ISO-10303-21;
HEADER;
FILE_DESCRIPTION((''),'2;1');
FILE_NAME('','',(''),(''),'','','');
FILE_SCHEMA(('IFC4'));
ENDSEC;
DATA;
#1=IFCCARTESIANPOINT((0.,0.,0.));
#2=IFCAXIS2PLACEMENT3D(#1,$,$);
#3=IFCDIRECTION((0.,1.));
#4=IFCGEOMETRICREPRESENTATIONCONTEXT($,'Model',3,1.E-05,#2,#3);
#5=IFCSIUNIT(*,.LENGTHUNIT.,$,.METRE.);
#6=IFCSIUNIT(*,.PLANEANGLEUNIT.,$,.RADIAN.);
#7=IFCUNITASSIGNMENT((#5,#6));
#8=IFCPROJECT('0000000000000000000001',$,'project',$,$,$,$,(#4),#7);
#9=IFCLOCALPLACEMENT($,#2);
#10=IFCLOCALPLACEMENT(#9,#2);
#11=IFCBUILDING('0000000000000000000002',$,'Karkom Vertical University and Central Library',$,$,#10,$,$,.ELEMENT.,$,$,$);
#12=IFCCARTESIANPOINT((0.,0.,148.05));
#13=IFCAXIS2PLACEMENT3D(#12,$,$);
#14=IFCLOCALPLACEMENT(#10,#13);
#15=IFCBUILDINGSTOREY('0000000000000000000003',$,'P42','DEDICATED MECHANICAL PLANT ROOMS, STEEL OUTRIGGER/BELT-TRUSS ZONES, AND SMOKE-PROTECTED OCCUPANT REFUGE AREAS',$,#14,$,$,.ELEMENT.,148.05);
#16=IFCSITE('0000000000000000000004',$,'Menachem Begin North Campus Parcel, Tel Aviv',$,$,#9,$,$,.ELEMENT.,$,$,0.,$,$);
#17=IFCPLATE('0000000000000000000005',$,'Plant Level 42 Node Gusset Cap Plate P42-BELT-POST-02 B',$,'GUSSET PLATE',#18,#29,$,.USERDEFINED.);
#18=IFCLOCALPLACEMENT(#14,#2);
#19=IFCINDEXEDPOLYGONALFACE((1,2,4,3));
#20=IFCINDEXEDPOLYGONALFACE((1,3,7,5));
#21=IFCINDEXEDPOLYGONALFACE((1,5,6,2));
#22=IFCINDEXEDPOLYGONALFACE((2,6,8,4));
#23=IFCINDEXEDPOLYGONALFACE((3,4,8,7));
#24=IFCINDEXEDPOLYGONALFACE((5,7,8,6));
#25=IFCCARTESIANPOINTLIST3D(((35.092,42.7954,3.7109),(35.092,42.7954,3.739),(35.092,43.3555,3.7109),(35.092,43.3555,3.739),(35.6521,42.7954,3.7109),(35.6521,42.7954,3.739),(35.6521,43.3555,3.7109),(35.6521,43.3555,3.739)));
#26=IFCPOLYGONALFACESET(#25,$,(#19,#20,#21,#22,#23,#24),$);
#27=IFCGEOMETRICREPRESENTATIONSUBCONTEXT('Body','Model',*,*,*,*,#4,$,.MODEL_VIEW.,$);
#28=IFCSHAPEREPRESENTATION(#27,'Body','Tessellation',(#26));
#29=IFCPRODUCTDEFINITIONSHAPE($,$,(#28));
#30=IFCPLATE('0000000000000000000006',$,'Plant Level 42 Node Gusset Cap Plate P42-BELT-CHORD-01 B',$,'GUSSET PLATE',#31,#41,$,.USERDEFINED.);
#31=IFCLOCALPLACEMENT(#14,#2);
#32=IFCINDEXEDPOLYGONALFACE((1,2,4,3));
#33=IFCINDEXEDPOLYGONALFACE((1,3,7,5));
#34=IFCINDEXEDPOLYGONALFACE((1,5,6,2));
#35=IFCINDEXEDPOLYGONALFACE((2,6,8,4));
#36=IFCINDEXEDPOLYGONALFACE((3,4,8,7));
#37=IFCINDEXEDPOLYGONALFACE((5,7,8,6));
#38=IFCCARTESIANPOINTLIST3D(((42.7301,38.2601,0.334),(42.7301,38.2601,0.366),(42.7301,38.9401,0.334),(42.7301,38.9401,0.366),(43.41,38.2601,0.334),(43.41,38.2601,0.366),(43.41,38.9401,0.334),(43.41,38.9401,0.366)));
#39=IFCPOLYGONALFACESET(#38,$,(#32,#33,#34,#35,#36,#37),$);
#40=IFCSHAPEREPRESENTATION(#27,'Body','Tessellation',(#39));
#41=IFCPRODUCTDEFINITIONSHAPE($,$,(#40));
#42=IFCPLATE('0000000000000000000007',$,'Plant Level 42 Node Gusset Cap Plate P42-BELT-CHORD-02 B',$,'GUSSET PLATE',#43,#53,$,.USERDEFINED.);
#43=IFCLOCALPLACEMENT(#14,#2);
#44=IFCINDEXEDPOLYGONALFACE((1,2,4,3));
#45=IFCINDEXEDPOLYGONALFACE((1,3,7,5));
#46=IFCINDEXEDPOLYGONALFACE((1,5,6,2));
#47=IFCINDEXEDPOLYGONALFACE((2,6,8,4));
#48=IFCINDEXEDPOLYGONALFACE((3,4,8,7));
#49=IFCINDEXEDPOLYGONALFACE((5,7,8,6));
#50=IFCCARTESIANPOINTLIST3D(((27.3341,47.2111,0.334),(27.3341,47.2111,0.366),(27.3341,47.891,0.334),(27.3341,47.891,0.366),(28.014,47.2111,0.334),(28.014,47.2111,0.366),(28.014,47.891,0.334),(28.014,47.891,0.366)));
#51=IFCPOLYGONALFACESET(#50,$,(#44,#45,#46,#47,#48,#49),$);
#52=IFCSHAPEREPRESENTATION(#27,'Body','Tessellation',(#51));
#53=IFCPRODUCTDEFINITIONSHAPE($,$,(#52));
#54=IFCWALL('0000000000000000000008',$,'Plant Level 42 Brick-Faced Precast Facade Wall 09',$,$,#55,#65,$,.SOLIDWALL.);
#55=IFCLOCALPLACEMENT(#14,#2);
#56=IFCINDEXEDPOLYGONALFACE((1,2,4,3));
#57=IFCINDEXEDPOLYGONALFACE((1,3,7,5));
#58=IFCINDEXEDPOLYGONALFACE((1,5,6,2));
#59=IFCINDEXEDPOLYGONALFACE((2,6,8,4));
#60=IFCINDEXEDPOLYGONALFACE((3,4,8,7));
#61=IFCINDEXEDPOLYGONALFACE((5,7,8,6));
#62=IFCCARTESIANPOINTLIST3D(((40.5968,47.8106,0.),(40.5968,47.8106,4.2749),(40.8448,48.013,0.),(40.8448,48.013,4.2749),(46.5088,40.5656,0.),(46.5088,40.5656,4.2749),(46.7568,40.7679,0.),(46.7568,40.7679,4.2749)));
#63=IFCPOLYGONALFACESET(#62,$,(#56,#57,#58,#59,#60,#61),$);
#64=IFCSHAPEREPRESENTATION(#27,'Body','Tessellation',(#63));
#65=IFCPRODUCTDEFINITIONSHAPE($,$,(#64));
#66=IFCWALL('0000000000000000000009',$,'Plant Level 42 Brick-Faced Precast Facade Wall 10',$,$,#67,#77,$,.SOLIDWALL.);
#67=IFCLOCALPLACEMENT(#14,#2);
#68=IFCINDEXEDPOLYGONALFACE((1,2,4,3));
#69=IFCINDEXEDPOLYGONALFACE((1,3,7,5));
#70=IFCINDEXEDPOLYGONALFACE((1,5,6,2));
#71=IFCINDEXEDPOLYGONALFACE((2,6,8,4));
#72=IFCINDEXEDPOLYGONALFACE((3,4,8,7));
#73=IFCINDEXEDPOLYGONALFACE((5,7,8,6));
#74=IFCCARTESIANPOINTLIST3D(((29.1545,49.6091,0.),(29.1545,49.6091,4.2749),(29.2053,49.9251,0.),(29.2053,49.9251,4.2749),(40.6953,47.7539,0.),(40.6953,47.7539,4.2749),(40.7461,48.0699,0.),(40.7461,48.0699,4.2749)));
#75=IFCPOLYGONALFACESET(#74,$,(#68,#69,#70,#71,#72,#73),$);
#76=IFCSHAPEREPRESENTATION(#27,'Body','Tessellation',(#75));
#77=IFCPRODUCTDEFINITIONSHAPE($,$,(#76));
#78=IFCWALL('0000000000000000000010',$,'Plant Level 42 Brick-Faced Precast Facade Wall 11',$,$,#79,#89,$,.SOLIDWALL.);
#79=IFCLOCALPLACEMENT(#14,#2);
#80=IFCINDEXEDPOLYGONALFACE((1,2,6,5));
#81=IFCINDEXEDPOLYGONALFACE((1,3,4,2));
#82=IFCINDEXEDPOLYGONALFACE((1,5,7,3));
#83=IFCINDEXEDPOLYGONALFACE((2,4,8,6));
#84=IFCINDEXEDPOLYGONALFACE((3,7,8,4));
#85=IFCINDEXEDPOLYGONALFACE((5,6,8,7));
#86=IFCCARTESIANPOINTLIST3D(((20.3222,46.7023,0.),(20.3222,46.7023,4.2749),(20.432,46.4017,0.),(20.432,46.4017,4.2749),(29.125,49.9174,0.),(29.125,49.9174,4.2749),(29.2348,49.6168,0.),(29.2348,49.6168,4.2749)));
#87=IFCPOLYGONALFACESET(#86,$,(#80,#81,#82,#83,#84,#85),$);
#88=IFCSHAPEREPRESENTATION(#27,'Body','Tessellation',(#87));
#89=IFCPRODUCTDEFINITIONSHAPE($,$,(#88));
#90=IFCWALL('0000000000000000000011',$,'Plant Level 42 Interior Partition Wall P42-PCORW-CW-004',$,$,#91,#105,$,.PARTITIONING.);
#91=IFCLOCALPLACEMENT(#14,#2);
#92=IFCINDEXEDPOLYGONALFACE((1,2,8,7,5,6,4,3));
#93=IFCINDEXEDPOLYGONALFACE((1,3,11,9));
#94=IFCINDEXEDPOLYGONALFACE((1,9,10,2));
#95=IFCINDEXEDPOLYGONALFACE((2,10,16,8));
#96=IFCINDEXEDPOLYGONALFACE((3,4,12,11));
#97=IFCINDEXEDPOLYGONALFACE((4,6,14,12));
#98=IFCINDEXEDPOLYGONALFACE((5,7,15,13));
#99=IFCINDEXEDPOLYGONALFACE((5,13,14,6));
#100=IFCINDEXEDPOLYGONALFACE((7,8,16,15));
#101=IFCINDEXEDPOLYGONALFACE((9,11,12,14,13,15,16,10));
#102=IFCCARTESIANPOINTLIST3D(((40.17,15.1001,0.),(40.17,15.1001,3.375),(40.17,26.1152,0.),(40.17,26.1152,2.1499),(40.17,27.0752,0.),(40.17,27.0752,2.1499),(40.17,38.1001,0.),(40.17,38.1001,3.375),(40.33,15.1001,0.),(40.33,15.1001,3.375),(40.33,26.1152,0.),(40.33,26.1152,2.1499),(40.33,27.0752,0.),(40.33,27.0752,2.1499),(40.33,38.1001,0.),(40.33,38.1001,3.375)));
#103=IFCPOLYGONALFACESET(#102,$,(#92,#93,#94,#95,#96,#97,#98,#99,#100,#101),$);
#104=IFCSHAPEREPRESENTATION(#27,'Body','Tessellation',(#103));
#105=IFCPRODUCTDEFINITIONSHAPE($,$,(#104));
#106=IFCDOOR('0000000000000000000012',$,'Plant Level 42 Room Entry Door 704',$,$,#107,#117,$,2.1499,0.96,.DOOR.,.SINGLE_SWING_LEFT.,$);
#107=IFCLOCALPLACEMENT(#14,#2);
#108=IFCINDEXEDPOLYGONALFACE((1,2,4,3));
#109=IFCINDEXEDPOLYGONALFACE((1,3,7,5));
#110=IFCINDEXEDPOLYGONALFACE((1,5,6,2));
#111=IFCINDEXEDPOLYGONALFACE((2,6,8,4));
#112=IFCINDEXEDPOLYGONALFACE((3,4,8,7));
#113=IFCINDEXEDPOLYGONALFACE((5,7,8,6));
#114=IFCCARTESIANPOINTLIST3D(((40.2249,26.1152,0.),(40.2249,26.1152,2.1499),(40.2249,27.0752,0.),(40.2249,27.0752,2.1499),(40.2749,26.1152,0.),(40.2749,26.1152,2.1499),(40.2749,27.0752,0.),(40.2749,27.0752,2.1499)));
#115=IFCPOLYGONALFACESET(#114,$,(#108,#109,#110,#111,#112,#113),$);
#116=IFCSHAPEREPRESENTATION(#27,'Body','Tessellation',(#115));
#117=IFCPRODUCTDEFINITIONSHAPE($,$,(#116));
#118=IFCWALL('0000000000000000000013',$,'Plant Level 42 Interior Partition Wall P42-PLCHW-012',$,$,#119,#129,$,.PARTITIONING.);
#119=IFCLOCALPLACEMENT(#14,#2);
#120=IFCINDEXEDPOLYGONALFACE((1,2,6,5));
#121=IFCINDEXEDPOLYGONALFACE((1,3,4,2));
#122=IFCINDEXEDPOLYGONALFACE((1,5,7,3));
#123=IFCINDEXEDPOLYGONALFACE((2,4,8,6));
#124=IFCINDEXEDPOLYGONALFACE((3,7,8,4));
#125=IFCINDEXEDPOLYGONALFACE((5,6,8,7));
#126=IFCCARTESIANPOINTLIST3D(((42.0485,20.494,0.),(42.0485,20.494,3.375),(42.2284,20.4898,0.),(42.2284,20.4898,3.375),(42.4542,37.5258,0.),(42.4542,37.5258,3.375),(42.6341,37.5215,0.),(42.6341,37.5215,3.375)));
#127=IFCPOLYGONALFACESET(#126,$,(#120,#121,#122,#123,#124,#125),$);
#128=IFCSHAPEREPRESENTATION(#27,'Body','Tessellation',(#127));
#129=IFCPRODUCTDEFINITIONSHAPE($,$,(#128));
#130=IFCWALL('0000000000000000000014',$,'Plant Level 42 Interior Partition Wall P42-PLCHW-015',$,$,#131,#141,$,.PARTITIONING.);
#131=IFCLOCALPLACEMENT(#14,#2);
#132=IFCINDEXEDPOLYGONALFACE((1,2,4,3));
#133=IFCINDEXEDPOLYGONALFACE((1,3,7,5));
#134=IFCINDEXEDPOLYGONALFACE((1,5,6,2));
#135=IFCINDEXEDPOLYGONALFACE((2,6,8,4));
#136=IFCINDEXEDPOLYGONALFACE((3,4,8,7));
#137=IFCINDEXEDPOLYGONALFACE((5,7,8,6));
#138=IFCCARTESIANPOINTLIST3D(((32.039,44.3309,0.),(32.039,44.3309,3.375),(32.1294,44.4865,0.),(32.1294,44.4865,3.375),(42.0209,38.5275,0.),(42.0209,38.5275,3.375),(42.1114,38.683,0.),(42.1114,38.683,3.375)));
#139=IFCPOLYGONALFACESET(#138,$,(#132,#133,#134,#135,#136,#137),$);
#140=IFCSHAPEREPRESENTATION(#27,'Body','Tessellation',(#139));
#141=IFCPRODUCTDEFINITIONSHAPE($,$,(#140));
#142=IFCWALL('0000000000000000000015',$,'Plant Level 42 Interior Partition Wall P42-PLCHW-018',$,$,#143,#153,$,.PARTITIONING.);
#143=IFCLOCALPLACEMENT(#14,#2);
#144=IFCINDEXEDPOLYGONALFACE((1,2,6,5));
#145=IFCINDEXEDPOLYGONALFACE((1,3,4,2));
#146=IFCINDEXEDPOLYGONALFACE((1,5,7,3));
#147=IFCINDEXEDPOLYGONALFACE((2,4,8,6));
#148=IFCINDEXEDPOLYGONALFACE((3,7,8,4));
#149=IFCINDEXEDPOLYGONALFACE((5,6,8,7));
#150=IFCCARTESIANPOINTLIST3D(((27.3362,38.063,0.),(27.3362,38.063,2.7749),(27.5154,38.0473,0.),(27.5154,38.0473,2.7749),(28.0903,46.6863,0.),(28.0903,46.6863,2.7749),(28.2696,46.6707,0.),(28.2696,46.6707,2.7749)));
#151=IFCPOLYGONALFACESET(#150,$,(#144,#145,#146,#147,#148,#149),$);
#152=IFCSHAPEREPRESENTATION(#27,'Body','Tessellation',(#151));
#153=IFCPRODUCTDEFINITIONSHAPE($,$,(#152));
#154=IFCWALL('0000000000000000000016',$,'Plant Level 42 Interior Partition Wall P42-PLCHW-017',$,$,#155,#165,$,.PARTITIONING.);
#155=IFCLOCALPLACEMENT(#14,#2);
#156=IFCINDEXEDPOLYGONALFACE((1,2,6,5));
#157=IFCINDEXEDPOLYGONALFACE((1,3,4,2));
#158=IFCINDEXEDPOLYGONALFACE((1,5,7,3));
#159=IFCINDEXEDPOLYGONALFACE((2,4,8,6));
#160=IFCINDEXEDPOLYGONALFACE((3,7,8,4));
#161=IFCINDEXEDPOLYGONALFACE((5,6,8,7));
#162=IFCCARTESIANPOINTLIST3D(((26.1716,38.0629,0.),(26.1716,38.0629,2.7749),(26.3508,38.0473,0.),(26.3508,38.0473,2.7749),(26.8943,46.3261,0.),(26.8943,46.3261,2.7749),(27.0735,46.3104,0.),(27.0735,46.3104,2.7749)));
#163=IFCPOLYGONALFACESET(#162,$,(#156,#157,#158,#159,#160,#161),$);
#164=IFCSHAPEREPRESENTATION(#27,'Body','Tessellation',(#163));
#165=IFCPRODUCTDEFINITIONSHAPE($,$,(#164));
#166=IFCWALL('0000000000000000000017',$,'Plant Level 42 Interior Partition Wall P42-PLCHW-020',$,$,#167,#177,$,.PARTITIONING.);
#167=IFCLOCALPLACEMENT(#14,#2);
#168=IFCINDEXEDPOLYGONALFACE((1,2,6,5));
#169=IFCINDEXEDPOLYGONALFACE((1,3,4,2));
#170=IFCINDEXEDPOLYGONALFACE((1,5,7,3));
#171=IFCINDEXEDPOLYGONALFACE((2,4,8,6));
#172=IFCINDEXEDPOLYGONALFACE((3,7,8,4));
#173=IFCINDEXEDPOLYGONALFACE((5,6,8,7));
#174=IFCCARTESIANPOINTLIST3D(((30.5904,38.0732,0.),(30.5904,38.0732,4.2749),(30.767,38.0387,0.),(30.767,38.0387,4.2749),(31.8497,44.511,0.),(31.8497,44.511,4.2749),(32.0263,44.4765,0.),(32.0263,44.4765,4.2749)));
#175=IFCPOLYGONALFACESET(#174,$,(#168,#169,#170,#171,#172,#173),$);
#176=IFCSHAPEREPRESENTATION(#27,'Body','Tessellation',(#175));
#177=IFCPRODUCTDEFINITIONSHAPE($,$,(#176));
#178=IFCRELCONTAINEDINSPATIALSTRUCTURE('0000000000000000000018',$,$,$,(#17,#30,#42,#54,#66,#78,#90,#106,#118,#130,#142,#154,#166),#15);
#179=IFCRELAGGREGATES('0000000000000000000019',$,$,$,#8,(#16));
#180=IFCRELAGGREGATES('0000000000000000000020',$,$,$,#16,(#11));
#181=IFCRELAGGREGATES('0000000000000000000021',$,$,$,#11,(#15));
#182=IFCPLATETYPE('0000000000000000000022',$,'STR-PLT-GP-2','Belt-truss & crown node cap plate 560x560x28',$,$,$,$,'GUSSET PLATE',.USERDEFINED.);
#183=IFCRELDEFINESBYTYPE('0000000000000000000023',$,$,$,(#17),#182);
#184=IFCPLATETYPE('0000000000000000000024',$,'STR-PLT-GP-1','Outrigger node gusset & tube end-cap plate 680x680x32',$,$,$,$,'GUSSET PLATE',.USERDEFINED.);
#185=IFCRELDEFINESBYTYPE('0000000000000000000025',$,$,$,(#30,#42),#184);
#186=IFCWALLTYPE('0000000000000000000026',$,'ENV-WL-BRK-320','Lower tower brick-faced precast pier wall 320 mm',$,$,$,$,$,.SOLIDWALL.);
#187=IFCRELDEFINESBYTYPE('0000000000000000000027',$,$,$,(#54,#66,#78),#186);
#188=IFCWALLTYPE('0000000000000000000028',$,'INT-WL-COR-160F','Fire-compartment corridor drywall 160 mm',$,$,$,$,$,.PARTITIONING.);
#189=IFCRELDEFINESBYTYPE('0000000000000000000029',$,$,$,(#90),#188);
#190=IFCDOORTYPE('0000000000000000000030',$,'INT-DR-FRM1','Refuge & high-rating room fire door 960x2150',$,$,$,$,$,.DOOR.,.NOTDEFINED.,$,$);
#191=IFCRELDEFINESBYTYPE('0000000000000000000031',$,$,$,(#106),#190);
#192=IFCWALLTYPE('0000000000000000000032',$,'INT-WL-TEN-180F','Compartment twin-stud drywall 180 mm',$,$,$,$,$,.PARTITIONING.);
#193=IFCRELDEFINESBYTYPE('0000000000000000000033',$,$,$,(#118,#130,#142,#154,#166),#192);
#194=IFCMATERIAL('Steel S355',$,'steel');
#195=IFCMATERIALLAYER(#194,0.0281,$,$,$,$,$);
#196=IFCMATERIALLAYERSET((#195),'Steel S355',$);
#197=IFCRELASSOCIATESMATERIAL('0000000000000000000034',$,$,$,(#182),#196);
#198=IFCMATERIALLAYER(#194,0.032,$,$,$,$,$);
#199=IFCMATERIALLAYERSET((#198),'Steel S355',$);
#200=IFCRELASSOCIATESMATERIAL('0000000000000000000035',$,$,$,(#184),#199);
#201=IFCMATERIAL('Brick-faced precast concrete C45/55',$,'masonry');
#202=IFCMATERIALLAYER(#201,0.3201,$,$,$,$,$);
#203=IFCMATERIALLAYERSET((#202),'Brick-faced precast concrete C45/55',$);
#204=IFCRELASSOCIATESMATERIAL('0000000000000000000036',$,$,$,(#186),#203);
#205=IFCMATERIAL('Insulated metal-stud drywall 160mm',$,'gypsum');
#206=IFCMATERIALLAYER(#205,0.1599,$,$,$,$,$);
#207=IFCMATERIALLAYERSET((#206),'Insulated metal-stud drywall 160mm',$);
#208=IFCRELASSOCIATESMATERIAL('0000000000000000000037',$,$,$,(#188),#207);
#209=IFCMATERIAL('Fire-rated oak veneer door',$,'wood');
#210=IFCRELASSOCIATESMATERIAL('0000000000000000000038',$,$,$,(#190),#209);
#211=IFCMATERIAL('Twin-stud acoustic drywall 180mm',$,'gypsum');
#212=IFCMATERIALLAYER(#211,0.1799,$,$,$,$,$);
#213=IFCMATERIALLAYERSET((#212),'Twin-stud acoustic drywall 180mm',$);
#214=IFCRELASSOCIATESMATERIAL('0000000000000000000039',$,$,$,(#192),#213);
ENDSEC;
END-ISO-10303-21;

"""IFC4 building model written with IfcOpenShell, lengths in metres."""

from ifc_helpers import new_model, si_unit, direction, frame, frame_2d, origin, origin_with_axes, origin_2d, place, context, subcontext, project, spatial, rectangle, extrude, source, transform, mapped, material, layer, layer_set, type_object, element, fill, save


model = new_model("IFC4")

# Units and contexts
model_context = context("Model", 3, precision=1e-05, world=origin(), true_north=direction((0.0, 1.0)))
body_context = subcontext(model_context, "Body", "Model", "MODEL_VIEW")
ifc_project = project(units=[si_unit("LENGTHUNIT", "METRE"), si_unit("PLANEANGLEUNIT", "RADIAN")], contexts=[model_context])

# Site, building, storey
site_placement = place(None, origin())
site = spatial("IfcSite", under=ifc_project, at=site_placement, Name="Menachem Begin North Campus Parcel, Tel Aviv", CompositionType="ELEMENT", RefElevation=0.0)
building_placement = place(site_placement, origin())
building = spatial("IfcBuilding", under=site, at=building_placement, Name="Karkom Vertical University and Central Library", CompositionType="ELEMENT")
storey_placement = place(building_placement, frame((0.0, 0.0, 148.05)))
storey = spatial("IfcBuildingStorey", under=building, at=storey_placement, Name="P42", Description="DEDICATED MECHANICAL PLANT ROOMS, STEEL OUTRIGGER/BELT-TRUSS ZONES, AND SMOKE-PROTECTED OCCUPANT REFUGE AREAS", CompositionType="ELEMENT", Elevation=148.05)

# Shared definitions
ifc_material_1 = material(Name="Steel S355", Category="steel")

# Plates
ifc_layer_1 = layer(ifc_material_1, 0.0281)
ifc_layer_set_1 = layer_set([ifc_layer_1], Name="Steel S355")
plate_type_1 = type_object("IfcPlateType", Name="STR-PLT-GP-2", Description="Belt-truss & crown node cap plate 560x560x28", ElementType="GUSSET PLATE", PredefinedType="USERDEFINED", material=ifc_layer_set_1)
shared_shape_1 = source(origin_with_axes(), body_context, "Body", "SweptSolid", [
    extrude(rectangle(XDim=0.5601, YDim=0.5601, at=origin_2d()), origin(), (0.0, 0.0, 1.0), 0.0281),
])
for number, where, z_axis, x_axis, name in (
    (1, (35.3721, 43.0754, 3.7109), (0.0, 0.0, 1.0), (1.0, 0.0, 0.0), "Plant Level 42 Node Gusset Cap Plate P42-BELT-POST-02 B"),
):
    element("IfcPlate", number, at=place(storey_placement, frame(where, z_axis=z_axis, x_axis=x_axis)), inside=storey, type_object=plate_type_1, Name=name, ObjectType="GUSSET PLATE", PredefinedType="USERDEFINED", context=body_context, shape_type="MappedRepresentation", body=[
        mapped(shared_shape_1, transform((0.0, 0.0, 0.0), scale=1.0)),
    ])
ifc_layer_2 = layer(ifc_material_1, 0.032)
ifc_layer_set_2 = layer_set([ifc_layer_2], Name="Steel S355")
plate_type_2 = type_object("IfcPlateType", Name="STR-PLT-GP-1", Description="Outrigger node gusset & tube end-cap plate 680x680x32", ElementType="GUSSET PLATE", PredefinedType="USERDEFINED", material=ifc_layer_set_2)
shared_shape_2 = source(origin_with_axes(), body_context, "Body", "SweptSolid", [
    extrude(rectangle(XDim=0.6799, YDim=0.6799, at=origin_2d()), origin(), (0.0, 0.0, 1.0), 0.032),
])
for number, where, z_axis, x_axis, name in (
    (2, (43.0701, 38.6001, 0.334), (0.0, 0.0, 1.0), (1.0, 0.0, 0.0), "Plant Level 42 Node Gusset Cap Plate P42-BELT-CHORD-01 B"),
    (3, (27.6741, 47.551, 0.334), (0.0, 0.0, 1.0), (1.0, 0.0, 0.0), "Plant Level 42 Node Gusset Cap Plate P42-BELT-CHORD-02 B"),
):
    element("IfcPlate", number, at=place(storey_placement, frame(where, z_axis=z_axis, x_axis=x_axis)), inside=storey, type_object=plate_type_2, Name=name, ObjectType="GUSSET PLATE", PredefinedType="USERDEFINED", context=body_context, shape_type="MappedRepresentation", body=[
        mapped(shared_shape_2, transform((0.0, 0.0, 0.0), scale=1.0)),
    ])

# Walls
ifc_material_2 = material(Name="Brick-faced precast concrete C45/55", Category="masonry")
ifc_layer_3 = layer(ifc_material_2, 0.3201)
ifc_layer_set_3 = layer_set([ifc_layer_3], Name="Brick-faced precast concrete C45/55")
wall_type_1 = type_object("IfcWallType", Name="ENV-WL-BRK-320", Description="Lower tower brick-faced precast pier wall 320 mm", PredefinedType="SOLIDWALL", material=ifc_layer_set_3)
wall_1_placement = place(storey_placement, frame((46.6328, 40.6667, 0.0), z_axis=(0.0, 0.0, 1.0), x_axis=(-0.632231, 0.77478, 0.0)))
element("IfcWall", 4, at=wall_1_placement, inside=storey, type_object=wall_type_1, Name="Plant Level 42 Brick-Faced Precast Facade Wall 09", PredefinedType="SOLIDWALL", context=body_context, shape_type="SweptSolid", body=[
    extrude(rectangle(XDim=9.3511, YDim=0.3201, at=frame_2d((4.6755, 0.0))), origin(), (0.0, 0.0, 1.0), 4.2749),
])
wall_2_placement = place(storey_placement, frame((40.7207, 47.9119, 0.0), z_axis=(0.0, 0.0, 1.0), x_axis=(-0.987324, 0.158716, 0.0)))
element("IfcWall", 5, at=wall_2_placement, inside=storey, type_object=wall_type_1, Name="Plant Level 42 Brick-Faced Precast Facade Wall 10", PredefinedType="SOLIDWALL", context=body_context, shape_type="SweptSolid", body=[
    extrude(rectangle(XDim=11.689, YDim=0.3201, at=frame_2d((5.8445, 0.0))), origin(), (0.0, 0.0, 1.0), 4.2749),
])
wall_3_placement = place(storey_placement, frame((29.1799, 49.7671, 0.0), z_axis=(0.0, 0.0, 1.0), x_axis=(-0.939309, -0.343071, 0.0)))
element("IfcWall", 6, at=wall_3_placement, inside=storey, type_object=wall_type_1, Name="Plant Level 42 Brick-Faced Precast Facade Wall 11", PredefinedType="SOLIDWALL", context=body_context, shape_type="SweptSolid", body=[
    extrude(rectangle(XDim=9.3716, YDim=0.3201, at=frame_2d((4.6858, 0.0))), origin(), (0.0, 0.0, 1.0), 4.2749),
])

# Wall, opening, door
ifc_material_3 = material(Name="Insulated metal-stud drywall 160mm", Category="gypsum")
ifc_layer_4 = layer(ifc_material_3, 0.1599)
ifc_layer_set_4 = layer_set([ifc_layer_4], Name="Insulated metal-stud drywall 160mm")
wall_type_2 = type_object("IfcWallType", Name="INT-WL-COR-160F", Description="Fire-compartment corridor drywall 160 mm", PredefinedType="PARTITIONING", material=ifc_layer_set_4)
wall_4_placement = place(storey_placement, frame((40.25, 38.1001, 0.0), z_axis=(0.0, 0.0, 1.0), x_axis=(0.0, -1.0, 0.0)))
wall_4 = element("IfcWall", 7, at=wall_4_placement, inside=storey, type_object=wall_type_2, Name="Plant Level 42 Interior Partition Wall P42-PCORW-CW-004", PredefinedType="PARTITIONING", context=body_context, shape_type="SweptSolid", body=[
    extrude(rectangle(XDim=23.0, YDim=0.1599, at=frame_2d((11.5, 0.0))), origin(), (0.0, 0.0, 1.0), 3.375),
])
opening_placement = place(wall_4_placement, frame((11.0249, 0.0, 0.0)))
opening = element("IfcOpeningElement", 8, at=opening_placement, cuts=wall_4, PredefinedType="OPENING", context=body_context, shape_type="SweptSolid", body=[
    extrude(rectangle(XDim=0.96, YDim=2.1499, at=frame_2d((0.48, 1.075))), frame((0.0, 0.0898, 0.0), z_axis=(0.0, -1.0, 0.0), x_axis=(1.0, 0.0, 0.0)), (0.0, 0.0, 1.0), 0.1799),
])
ifc_material_4 = material(Name="Fire-rated oak veneer door", Category="wood")
door_type = type_object("IfcDoorType", Name="INT-DR-FRM1", Description="Refuge & high-rating room fire door 960x2150", OperationType="NOTDEFINED", PredefinedType="DOOR", material=ifc_material_4)
shared_shape_3 = source(origin_with_axes(), body_context, "Body", "SweptSolid", [
    extrude(rectangle(XDim=0.96, YDim=2.1499, at=frame_2d((0.48, 1.075))), frame((0.0, 0.0249, 0.0), z_axis=(0.0, -1.0, 0.0), x_axis=(1.0, 0.0, 0.0)), (0.0, 0.0, 1.0), 0.05),
])
door_placement = place(opening_placement, origin())
door = element("IfcDoor", 9, at=door_placement, inside=storey, type_object=door_type, Name="Plant Level 42 Room Entry Door 704", OperationType="SINGLE_SWING_LEFT", OverallHeight=2.1499, OverallWidth=0.96, PredefinedType="DOOR", context=body_context, shape_type="MappedRepresentation", body=[
    mapped(shared_shape_3, transform((0.0, 0.0, 0.0), scale=1.0)),
])
fill(opening, door)

# Walls
ifc_material_5 = material(Name="Twin-stud acoustic drywall 180mm", Category="gypsum")
ifc_layer_5 = layer(ifc_material_5, 0.1799)
ifc_layer_set_5 = layer_set([ifc_layer_5], Name="Twin-stud acoustic drywall 180mm")
wall_type_3 = type_object("IfcWallType", Name="INT-WL-TEN-180F", Description="Compartment twin-stud drywall 180 mm", PredefinedType="PARTITIONING", material=ifc_layer_set_5)
wall_5_placement = place(storey_placement, frame((42.5442, 37.5237, 0.0), z_axis=(0.0, 0.0, 1.0), x_axis=(-0.023817, -0.999716, 0.0)))
element("IfcWall", 10, at=wall_5_placement, inside=storey, type_object=wall_type_3, Name="Plant Level 42 Interior Partition Wall P42-PLCHW-012", PredefinedType="PARTITIONING", context=body_context, shape_type="SweptSolid", body=[
    extrude(rectangle(XDim=17.0366, YDim=0.1799, at=frame_2d((8.5183, 0.0))), origin(), (0.0, 0.0, 1.0), 3.375),
])
wall_6_placement = place(storey_placement, frame((32.0842, 44.4087, 0.0), z_axis=(0.0, 0.0, 1.0), x_axis=(0.864507, -0.502622, 0.0)))
element("IfcWall", 11, at=wall_6_placement, inside=storey, type_object=wall_type_3, Name="Plant Level 42 Interior Partition Wall P42-PLCHW-015", PredefinedType="PARTITIONING", context=body_context, shape_type="SweptSolid", body=[
    extrude(rectangle(XDim=11.5464, YDim=0.1799, at=frame_2d((5.7732, 0.0))), origin(), (0.0, 0.0, 1.0), 3.375),
])
wall_7_placement = place(storey_placement, frame((27.4258, 38.0552, 0.0), z_axis=(0.0, 0.0, 1.0), x_axis=(0.087123, 0.996198, 0.0)))
element("IfcWall", 12, at=wall_7_placement, inside=storey, type_object=wall_type_3, Name="Plant Level 42 Interior Partition Wall P42-PLCHW-018", PredefinedType="PARTITIONING", context=body_context, shape_type="SweptSolid", body=[
    extrude(rectangle(XDim=8.6562, YDim=0.1799, at=frame_2d((4.3281, 0.0))), origin(), (0.0, 0.0, 1.0), 2.7749),
])
wall_8_placement = place(storey_placement, frame((26.9839, 46.3184, 0.0), z_axis=(0.0, 0.0, 1.0), x_axis=(-0.087122, -0.996198, 0.0)))
element("IfcWall", 13, at=wall_8_placement, inside=storey, type_object=wall_type_3, Name="Plant Level 42 Interior Partition Wall P42-PLCHW-017", PredefinedType="PARTITIONING", context=body_context, shape_type="SweptSolid", body=[
    extrude(rectangle(XDim=8.2947, YDim=0.1799, at=frame_2d((4.1475, 0.0))), origin(), (0.0, 0.0, 1.0), 2.7749),
])
wall_9_placement = place(storey_placement, frame((31.938, 44.4937, 0.0), z_axis=(0.0, 0.0, 1.0), x_axis=(-0.19197, -0.981401, 0.0)))
element("IfcWall", 14, at=wall_9_placement, inside=storey, type_object=wall_type_3, Name="Plant Level 42 Interior Partition Wall P42-PLCHW-020", PredefinedType="PARTITIONING", context=body_context, shape_type="SweptSolid", body=[
    extrude(rectangle(XDim=6.5598, YDim=0.1799, at=frame_2d((3.2798, 0.0))), origin(), (0.0, 0.0, 1.0), 4.2749),
])

save(model, "model.ifc")
